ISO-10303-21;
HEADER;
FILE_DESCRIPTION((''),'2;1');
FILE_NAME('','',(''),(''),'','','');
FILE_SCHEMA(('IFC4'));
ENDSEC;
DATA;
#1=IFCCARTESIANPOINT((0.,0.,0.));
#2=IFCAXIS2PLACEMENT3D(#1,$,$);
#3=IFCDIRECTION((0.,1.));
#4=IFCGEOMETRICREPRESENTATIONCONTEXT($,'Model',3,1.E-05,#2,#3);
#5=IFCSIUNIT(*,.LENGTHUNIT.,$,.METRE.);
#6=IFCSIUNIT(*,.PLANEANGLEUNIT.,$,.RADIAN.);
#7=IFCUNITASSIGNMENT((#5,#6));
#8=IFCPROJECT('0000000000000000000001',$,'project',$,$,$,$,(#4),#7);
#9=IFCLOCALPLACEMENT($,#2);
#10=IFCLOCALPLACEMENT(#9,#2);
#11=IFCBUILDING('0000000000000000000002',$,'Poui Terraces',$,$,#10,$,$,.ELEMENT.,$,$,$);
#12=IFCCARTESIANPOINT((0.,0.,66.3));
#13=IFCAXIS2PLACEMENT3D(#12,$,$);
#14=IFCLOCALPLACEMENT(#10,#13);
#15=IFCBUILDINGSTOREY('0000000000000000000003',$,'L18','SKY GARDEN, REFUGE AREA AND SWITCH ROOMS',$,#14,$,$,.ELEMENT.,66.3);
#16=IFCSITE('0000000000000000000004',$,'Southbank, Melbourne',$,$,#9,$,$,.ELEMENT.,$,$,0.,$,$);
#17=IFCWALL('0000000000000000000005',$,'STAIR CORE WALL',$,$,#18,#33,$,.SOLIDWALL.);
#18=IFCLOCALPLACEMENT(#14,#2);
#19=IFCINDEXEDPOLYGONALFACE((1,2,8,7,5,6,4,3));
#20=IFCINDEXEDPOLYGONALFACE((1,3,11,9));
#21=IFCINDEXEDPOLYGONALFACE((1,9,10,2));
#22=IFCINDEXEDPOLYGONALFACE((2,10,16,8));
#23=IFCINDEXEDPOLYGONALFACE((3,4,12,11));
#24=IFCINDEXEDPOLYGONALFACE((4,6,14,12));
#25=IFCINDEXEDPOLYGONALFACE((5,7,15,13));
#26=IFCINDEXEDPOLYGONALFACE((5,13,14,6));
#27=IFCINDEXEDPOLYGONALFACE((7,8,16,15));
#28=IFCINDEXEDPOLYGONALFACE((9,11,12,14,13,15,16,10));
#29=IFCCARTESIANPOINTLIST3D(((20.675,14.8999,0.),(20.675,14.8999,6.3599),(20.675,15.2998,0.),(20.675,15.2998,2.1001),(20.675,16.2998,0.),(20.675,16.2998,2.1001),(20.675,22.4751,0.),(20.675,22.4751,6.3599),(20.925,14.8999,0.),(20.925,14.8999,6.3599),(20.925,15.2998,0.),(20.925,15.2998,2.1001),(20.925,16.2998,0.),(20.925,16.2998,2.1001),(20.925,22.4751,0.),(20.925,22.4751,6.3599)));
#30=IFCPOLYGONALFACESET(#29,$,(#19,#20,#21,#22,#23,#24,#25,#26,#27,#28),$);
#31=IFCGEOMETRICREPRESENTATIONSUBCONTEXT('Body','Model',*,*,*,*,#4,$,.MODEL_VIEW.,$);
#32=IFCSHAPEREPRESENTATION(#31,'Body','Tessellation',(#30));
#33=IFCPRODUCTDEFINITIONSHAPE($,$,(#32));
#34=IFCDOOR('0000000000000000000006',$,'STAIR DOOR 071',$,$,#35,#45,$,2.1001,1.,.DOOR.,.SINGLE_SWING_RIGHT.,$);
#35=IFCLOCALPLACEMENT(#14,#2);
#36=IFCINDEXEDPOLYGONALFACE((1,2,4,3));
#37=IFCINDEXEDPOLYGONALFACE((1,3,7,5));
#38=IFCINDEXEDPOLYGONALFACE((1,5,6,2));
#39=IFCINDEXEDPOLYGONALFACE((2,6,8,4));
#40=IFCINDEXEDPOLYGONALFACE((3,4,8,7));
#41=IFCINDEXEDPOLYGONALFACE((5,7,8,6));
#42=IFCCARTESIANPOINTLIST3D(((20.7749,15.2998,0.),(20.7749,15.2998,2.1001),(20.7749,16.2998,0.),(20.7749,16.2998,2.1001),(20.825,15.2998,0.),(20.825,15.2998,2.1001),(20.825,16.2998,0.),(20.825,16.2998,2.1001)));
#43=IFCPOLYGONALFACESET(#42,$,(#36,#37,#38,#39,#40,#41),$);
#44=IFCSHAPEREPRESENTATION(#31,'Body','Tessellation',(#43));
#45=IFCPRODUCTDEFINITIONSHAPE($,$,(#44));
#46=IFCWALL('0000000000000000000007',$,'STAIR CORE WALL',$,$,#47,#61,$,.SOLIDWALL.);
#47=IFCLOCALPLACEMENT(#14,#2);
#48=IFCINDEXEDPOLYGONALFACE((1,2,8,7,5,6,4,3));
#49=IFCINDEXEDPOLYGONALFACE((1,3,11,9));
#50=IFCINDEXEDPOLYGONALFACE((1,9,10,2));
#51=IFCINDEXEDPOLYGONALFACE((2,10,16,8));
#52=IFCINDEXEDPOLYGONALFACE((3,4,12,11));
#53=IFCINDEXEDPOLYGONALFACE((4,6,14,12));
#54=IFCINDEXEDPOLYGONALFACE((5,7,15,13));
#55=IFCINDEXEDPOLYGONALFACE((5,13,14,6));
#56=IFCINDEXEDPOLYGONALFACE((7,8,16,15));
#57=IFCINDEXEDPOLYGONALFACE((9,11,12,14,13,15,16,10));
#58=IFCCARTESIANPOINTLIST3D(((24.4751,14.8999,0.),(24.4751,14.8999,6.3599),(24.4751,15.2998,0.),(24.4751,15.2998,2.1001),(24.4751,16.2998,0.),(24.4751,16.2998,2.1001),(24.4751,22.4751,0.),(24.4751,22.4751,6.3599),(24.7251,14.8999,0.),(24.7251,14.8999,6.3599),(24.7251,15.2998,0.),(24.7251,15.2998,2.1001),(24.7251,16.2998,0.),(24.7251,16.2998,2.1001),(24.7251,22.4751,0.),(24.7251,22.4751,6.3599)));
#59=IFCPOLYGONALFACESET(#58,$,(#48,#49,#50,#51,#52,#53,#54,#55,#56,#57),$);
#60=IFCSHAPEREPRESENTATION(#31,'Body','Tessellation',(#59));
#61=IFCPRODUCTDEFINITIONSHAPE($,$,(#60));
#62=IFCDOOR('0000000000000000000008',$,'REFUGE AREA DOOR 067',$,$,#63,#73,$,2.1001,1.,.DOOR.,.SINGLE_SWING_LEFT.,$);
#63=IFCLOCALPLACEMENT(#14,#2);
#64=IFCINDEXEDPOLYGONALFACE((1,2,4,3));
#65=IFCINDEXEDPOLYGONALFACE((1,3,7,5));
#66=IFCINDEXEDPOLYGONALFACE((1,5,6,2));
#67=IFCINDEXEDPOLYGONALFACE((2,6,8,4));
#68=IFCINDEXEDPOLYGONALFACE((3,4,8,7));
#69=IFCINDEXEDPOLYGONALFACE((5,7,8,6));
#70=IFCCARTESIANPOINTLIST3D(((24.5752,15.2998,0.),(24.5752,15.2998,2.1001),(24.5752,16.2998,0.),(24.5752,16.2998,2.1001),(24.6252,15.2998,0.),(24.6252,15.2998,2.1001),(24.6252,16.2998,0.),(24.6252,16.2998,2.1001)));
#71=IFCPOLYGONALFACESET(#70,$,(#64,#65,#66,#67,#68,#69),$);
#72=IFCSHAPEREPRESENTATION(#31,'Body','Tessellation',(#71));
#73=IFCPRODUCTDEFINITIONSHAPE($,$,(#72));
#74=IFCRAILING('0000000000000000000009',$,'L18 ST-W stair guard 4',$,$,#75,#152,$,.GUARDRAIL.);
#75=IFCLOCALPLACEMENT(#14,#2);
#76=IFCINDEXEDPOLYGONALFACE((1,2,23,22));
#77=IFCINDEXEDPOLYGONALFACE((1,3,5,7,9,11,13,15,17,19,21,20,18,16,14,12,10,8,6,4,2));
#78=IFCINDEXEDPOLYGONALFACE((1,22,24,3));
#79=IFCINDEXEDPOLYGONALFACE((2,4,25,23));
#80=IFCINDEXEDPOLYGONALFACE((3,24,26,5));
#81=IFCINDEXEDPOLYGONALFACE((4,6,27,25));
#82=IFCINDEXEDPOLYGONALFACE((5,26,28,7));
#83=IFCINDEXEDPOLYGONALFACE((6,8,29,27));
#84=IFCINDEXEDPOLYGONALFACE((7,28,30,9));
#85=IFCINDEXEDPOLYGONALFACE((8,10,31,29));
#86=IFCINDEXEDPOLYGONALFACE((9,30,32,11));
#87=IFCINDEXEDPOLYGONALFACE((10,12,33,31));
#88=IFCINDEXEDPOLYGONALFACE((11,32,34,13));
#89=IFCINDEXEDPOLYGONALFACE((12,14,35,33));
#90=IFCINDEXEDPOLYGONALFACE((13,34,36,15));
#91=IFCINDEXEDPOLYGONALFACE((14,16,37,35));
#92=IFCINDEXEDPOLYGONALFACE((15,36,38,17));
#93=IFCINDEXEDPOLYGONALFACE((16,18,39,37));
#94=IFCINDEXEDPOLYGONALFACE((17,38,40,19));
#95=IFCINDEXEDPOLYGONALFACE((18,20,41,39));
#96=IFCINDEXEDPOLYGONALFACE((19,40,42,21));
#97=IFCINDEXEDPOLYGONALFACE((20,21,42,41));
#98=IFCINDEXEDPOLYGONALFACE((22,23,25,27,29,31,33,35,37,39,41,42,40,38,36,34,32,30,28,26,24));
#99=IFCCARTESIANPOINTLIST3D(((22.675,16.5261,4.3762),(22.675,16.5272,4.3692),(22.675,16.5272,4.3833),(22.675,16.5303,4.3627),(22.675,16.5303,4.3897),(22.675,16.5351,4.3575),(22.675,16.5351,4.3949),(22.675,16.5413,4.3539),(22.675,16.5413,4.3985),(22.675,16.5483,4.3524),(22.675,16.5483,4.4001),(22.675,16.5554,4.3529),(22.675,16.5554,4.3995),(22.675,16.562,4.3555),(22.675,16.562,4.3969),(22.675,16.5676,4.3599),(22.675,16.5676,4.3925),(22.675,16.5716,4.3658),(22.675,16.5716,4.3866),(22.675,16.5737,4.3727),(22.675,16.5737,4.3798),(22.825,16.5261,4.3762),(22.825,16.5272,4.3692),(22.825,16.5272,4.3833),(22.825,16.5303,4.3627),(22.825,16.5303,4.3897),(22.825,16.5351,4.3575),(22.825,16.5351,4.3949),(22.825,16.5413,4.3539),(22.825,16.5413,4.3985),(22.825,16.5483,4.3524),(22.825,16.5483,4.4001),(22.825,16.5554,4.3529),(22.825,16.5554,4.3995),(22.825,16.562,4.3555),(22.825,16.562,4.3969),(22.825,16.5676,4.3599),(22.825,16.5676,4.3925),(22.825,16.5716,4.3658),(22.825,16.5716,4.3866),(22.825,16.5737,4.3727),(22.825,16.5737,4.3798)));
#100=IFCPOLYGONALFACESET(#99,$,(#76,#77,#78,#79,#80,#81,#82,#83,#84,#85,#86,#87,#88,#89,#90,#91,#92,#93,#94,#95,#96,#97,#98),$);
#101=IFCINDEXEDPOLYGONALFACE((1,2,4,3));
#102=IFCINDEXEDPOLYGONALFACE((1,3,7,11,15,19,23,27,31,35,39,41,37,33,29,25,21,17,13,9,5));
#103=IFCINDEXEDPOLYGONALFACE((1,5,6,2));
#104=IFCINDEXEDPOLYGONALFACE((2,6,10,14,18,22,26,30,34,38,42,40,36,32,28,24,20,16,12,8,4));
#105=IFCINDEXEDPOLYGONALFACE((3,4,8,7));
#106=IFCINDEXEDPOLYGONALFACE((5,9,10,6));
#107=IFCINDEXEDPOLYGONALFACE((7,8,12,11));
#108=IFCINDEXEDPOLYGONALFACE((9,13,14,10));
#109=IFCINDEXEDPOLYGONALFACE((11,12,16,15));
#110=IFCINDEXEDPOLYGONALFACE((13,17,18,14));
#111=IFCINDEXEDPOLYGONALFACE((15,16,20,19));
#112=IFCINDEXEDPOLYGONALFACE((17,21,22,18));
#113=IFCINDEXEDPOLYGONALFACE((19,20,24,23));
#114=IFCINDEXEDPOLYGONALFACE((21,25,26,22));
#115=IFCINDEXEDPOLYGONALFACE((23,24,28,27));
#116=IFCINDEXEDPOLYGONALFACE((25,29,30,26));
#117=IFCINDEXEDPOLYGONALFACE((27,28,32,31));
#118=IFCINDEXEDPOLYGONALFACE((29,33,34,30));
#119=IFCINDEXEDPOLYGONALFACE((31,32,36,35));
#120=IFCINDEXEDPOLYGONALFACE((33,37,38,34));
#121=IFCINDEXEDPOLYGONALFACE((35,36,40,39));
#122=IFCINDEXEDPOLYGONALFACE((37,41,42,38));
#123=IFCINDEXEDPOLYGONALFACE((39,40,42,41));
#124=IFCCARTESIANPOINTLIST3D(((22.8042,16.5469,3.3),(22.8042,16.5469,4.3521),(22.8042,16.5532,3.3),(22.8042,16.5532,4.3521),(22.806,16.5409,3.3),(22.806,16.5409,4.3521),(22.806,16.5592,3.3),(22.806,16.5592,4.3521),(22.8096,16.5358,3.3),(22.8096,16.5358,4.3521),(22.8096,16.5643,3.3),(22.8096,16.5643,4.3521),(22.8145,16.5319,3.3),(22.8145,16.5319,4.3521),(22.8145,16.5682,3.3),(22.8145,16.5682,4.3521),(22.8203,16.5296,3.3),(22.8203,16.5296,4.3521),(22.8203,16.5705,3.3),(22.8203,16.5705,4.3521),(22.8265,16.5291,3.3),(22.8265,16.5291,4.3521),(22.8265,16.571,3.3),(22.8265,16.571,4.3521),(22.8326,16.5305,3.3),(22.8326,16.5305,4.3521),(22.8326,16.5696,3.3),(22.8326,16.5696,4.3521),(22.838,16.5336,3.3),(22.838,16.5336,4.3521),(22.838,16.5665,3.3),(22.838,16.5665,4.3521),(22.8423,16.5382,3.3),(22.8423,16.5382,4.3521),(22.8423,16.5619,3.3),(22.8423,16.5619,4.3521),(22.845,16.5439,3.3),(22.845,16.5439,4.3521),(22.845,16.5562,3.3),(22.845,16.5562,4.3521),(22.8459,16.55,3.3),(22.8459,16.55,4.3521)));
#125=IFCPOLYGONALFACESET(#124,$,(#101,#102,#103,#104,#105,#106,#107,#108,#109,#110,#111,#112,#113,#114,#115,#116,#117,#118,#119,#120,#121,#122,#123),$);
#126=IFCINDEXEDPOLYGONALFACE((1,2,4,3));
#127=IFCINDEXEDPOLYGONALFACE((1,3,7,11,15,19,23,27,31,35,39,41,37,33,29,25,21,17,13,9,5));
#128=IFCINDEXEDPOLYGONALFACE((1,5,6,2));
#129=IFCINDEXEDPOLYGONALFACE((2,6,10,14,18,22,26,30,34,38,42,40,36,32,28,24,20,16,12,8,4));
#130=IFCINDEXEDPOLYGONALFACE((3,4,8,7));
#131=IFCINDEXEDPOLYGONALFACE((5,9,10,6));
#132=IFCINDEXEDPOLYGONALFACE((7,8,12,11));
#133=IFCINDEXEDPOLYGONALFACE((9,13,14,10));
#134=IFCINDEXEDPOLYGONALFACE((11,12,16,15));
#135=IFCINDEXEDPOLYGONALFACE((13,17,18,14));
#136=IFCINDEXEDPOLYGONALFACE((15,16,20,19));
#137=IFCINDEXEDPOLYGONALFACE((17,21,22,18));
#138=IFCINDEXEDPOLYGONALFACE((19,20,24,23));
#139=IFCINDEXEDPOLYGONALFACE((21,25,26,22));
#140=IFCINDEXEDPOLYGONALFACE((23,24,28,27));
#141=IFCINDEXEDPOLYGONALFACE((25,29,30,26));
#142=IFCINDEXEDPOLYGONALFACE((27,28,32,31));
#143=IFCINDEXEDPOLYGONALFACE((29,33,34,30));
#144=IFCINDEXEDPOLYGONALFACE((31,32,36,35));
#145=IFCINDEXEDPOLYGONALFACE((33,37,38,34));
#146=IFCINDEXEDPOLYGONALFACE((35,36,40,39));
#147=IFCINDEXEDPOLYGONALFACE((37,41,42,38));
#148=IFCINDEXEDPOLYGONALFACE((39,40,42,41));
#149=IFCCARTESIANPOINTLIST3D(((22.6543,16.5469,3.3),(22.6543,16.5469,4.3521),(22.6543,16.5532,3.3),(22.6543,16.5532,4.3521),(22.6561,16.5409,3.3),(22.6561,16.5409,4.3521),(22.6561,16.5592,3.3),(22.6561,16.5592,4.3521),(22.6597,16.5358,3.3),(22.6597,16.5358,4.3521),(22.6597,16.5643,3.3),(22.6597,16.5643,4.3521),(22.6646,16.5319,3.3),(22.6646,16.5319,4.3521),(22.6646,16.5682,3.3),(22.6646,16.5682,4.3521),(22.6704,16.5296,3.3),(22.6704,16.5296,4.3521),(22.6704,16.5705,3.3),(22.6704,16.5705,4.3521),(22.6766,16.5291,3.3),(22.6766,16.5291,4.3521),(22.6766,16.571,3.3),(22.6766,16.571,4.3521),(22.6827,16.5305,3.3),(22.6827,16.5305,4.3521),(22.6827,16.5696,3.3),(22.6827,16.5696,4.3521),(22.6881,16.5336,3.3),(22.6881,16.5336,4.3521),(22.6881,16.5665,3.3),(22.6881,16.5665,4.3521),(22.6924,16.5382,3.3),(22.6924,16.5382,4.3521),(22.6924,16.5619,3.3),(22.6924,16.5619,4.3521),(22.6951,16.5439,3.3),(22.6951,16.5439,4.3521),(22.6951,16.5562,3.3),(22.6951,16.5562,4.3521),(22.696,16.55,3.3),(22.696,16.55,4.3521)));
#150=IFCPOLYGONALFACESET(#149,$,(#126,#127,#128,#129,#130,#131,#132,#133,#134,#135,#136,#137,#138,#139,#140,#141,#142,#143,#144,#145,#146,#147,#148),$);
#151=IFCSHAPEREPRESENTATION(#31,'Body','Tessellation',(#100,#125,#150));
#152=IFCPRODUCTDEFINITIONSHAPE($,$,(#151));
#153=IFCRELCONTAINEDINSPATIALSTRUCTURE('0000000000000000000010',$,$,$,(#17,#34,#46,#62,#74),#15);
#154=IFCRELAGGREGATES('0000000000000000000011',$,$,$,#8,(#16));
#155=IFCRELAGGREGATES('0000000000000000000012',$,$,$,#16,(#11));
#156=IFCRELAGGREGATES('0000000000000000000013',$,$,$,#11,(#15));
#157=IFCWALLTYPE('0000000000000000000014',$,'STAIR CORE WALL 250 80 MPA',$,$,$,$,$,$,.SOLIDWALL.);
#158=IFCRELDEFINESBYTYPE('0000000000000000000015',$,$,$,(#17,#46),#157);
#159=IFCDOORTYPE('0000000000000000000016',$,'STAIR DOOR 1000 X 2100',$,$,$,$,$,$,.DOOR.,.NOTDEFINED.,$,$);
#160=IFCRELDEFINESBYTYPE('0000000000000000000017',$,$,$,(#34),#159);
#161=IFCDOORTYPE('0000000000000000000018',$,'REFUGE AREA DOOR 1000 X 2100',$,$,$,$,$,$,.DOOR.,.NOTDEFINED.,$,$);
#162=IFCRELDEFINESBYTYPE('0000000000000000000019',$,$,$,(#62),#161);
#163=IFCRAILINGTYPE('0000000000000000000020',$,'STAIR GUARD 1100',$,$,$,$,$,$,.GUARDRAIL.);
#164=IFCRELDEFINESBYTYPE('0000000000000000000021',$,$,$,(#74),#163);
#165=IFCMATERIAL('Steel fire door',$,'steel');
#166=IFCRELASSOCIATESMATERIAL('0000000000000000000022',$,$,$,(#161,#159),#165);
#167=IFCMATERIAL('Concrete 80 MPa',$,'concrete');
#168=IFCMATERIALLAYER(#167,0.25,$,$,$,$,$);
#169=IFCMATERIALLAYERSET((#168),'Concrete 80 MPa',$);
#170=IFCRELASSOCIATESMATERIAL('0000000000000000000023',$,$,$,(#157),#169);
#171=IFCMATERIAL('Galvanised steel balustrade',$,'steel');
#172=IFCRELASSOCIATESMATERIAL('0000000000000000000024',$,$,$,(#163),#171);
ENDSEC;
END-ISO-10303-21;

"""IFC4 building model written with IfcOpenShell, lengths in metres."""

from ifc_helpers import new_model, si_unit, direction, frame, frame_2d, origin, origin_2d, place, context, subcontext, project, spatial, rectangle, circle, extrude, material, layer, layer_set, type_object, element, fill, save


model = new_model("IFC4")

# Units and contexts
model_context = context("Model", 3, precision=1e-05, world=origin(), true_north=direction((0.0, 1.0)))
body_context = subcontext(model_context, "Body", "Model", "MODEL_VIEW")
ifc_project = project(units=[si_unit("LENGTHUNIT", "METRE"), si_unit("PLANEANGLEUNIT", "RADIAN")], contexts=[model_context])

# Site, building, storey
site_placement = place(None, origin())
site = spatial("IfcSite", under=ifc_project, at=site_placement, Name="Southbank, Melbourne", CompositionType="ELEMENT", RefElevation=0.0)
building_placement = place(site_placement, origin())
building = spatial("IfcBuilding", under=site, at=building_placement, Name="Poui Terraces", CompositionType="ELEMENT")
storey_placement = place(building_placement, frame((0.0, 0.0, 66.3)))
storey = spatial("IfcBuildingStorey", under=building, at=storey_placement, Name="L18", Description="SKY GARDEN, REFUGE AREA AND SWITCH ROOMS", CompositionType="ELEMENT", Elevation=66.3)

# Shared definitions
ifc_material_1 = material(Name="Concrete 80 MPa", Category="concrete")
ifc_material_2 = material(Name="Steel fire door", Category="steel")

# Shared definitions
door_type_1 = type_object("IfcDoorType", Name="REFUGE AREA DOOR 1000 X 2100", OperationType="NOTDEFINED", PredefinedType="DOOR", material=ifc_material_2)

# Shared definitions
door_type_2 = type_object("IfcDoorType", Name="STAIR DOOR 1000 X 2100", OperationType="NOTDEFINED", PredefinedType="DOOR", material=ifc_material_2)

# Walls, openings, doors
ifc_layer_1 = layer(ifc_material_1, 0.25)
ifc_layer_set_1 = layer_set([ifc_layer_1], Name="Concrete 80 MPa")
wall_type_1 = type_object("IfcWallType", Name="STAIR CORE WALL 250 80 MPA", PredefinedType="SOLIDWALL", material=ifc_layer_set_1)
wall_1_placement = place(storey_placement, frame((20.8, 14.8999, 0.0), z_axis=(0.0, 0.0, 1.0), x_axis=(0.0, 1.0, 0.0)))
wall_1 = element("IfcWall", 1, at=wall_1_placement, inside=storey, type_object=wall_type_1, Name="STAIR CORE WALL", PredefinedType="SOLIDWALL", context=body_context, shape_type="SweptSolid", body=[
    extrude(rectangle(XDim=7.5752, YDim=0.25, at=frame_2d((3.7876, 0.0))), origin(), (0.0, 0.0, 1.0), 6.3599),
])
opening_1_placement = place(wall_1_placement, frame((0.3999, 0.0, 0.0)))
opening_1 = element("IfcOpeningElement", 2, at=opening_1_placement, cuts=wall_1, PredefinedType="OPENING", context=body_context, shape_type="SweptSolid", body=[
    extrude(rectangle(XDim=1.0, YDim=2.1001, at=frame_2d((0.5, 1.05))), frame((0.0, 0.135, 0.0), z_axis=(0.0, -1.0, 0.0), x_axis=(1.0, 0.0, 0.0)), (0.0, 0.0, 1.0), 0.27),
])
door_1_placement = place(opening_1_placement, frame((1.0, 0.0, 0.0), z_axis=(0.0, 0.0, 1.0), x_axis=(-1.0, 0.0, 0.0)))
door_1 = element("IfcDoor", 3, at=door_1_placement, inside=storey, type_object=door_type_2, Name="STAIR DOOR 071", OperationType="SINGLE_SWING_RIGHT", OverallHeight=2.1001, OverallWidth=1.0, PredefinedType="DOOR", context=body_context, shape_type="SweptSolid", body=[
    extrude(rectangle(XDim=1.0, YDim=2.1001, at=frame_2d((0.5, 1.05))), frame((0.0, 0.0249, 0.0), z_axis=(0.0, -1.0, 0.0), x_axis=(1.0, 0.0, 0.0)), (0.0, 0.0, 1.0), 0.05),
])
fill(opening_1, door_1)
wall_2_placement = place(storey_placement, frame((24.6001, 14.8999, 0.0), z_axis=(0.0, 0.0, 1.0), x_axis=(0.0, 1.0, 0.0)))
wall_2 = element("IfcWall", 4, at=wall_2_placement, inside=storey, type_object=wall_type_1, Name="STAIR CORE WALL", PredefinedType="SOLIDWALL", context=body_context, shape_type="SweptSolid", body=[
    extrude(rectangle(XDim=7.5752, YDim=0.25, at=frame_2d((3.7876, 0.0))), origin(), (0.0, 0.0, 1.0), 6.3599),
])
opening_2_placement = place(wall_2_placement, frame((0.3999, 0.0, 0.0)))
opening_2 = element("IfcOpeningElement", 5, at=opening_2_placement, cuts=wall_2, PredefinedType="OPENING", context=body_context, shape_type="SweptSolid", body=[
    extrude(rectangle(XDim=1.0, YDim=2.1001, at=frame_2d((0.5, 1.05))), frame((0.0, 0.135, 0.0), z_axis=(0.0, -1.0, 0.0), x_axis=(1.0, 0.0, 0.0)), (0.0, 0.0, 1.0), 0.27),
])
door_2_placement = place(opening_2_placement, origin())
door_2 = element("IfcDoor", 6, at=door_2_placement, inside=storey, type_object=door_type_1, Name="REFUGE AREA DOOR 067", OperationType="SINGLE_SWING_LEFT", OverallHeight=2.1001, OverallWidth=1.0, PredefinedType="DOOR", context=body_context, shape_type="SweptSolid", body=[
    extrude(rectangle(XDim=1.0, YDim=2.1001, at=frame_2d((0.5, 1.05))), frame((0.0, 0.0249, 0.0), z_axis=(0.0, -1.0, 0.0), x_axis=(1.0, 0.0, 0.0)), (0.0, 0.0, 1.0), 0.05),
])
fill(opening_2, door_2)

# Railing
ifc_material_3 = material(Name="Galvanised steel balustrade", Category="steel")
railing_type = type_object("IfcRailingType", Name="STAIR GUARD 1100", PredefinedType="GUARDRAIL", material=ifc_material_3)
railing_placement = place(storey_placement, frame((22.825, 16.55, 3.3)))
element("IfcRailing", 7, at=railing_placement, inside=storey, type_object=railing_type, Name="L18 ST-W stair guard 4", PredefinedType="GUARDRAIL", context=body_context, shape_type="SweptSolid", body=[
    extrude(circle(Radius=0.0239, at=origin_2d()), frame((0.0, 0.0, 1.0762), z_axis=(-1.0, 0.0, 0.0), x_axis=(0.0, -1.0, 0.0)), (0.0, 0.0, 1.0), 0.1499),
    extrude(circle(Radius=0.021, at=origin_2d()), origin(), (0.0, 0.0, 1.0), 1.052),
    extrude(circle(Radius=0.021, at=origin_2d()), frame((-0.1499, 0.0, 0.0)), (0.0, 0.0, 1.0), 1.052),
])

save(model, "model.ifc")
